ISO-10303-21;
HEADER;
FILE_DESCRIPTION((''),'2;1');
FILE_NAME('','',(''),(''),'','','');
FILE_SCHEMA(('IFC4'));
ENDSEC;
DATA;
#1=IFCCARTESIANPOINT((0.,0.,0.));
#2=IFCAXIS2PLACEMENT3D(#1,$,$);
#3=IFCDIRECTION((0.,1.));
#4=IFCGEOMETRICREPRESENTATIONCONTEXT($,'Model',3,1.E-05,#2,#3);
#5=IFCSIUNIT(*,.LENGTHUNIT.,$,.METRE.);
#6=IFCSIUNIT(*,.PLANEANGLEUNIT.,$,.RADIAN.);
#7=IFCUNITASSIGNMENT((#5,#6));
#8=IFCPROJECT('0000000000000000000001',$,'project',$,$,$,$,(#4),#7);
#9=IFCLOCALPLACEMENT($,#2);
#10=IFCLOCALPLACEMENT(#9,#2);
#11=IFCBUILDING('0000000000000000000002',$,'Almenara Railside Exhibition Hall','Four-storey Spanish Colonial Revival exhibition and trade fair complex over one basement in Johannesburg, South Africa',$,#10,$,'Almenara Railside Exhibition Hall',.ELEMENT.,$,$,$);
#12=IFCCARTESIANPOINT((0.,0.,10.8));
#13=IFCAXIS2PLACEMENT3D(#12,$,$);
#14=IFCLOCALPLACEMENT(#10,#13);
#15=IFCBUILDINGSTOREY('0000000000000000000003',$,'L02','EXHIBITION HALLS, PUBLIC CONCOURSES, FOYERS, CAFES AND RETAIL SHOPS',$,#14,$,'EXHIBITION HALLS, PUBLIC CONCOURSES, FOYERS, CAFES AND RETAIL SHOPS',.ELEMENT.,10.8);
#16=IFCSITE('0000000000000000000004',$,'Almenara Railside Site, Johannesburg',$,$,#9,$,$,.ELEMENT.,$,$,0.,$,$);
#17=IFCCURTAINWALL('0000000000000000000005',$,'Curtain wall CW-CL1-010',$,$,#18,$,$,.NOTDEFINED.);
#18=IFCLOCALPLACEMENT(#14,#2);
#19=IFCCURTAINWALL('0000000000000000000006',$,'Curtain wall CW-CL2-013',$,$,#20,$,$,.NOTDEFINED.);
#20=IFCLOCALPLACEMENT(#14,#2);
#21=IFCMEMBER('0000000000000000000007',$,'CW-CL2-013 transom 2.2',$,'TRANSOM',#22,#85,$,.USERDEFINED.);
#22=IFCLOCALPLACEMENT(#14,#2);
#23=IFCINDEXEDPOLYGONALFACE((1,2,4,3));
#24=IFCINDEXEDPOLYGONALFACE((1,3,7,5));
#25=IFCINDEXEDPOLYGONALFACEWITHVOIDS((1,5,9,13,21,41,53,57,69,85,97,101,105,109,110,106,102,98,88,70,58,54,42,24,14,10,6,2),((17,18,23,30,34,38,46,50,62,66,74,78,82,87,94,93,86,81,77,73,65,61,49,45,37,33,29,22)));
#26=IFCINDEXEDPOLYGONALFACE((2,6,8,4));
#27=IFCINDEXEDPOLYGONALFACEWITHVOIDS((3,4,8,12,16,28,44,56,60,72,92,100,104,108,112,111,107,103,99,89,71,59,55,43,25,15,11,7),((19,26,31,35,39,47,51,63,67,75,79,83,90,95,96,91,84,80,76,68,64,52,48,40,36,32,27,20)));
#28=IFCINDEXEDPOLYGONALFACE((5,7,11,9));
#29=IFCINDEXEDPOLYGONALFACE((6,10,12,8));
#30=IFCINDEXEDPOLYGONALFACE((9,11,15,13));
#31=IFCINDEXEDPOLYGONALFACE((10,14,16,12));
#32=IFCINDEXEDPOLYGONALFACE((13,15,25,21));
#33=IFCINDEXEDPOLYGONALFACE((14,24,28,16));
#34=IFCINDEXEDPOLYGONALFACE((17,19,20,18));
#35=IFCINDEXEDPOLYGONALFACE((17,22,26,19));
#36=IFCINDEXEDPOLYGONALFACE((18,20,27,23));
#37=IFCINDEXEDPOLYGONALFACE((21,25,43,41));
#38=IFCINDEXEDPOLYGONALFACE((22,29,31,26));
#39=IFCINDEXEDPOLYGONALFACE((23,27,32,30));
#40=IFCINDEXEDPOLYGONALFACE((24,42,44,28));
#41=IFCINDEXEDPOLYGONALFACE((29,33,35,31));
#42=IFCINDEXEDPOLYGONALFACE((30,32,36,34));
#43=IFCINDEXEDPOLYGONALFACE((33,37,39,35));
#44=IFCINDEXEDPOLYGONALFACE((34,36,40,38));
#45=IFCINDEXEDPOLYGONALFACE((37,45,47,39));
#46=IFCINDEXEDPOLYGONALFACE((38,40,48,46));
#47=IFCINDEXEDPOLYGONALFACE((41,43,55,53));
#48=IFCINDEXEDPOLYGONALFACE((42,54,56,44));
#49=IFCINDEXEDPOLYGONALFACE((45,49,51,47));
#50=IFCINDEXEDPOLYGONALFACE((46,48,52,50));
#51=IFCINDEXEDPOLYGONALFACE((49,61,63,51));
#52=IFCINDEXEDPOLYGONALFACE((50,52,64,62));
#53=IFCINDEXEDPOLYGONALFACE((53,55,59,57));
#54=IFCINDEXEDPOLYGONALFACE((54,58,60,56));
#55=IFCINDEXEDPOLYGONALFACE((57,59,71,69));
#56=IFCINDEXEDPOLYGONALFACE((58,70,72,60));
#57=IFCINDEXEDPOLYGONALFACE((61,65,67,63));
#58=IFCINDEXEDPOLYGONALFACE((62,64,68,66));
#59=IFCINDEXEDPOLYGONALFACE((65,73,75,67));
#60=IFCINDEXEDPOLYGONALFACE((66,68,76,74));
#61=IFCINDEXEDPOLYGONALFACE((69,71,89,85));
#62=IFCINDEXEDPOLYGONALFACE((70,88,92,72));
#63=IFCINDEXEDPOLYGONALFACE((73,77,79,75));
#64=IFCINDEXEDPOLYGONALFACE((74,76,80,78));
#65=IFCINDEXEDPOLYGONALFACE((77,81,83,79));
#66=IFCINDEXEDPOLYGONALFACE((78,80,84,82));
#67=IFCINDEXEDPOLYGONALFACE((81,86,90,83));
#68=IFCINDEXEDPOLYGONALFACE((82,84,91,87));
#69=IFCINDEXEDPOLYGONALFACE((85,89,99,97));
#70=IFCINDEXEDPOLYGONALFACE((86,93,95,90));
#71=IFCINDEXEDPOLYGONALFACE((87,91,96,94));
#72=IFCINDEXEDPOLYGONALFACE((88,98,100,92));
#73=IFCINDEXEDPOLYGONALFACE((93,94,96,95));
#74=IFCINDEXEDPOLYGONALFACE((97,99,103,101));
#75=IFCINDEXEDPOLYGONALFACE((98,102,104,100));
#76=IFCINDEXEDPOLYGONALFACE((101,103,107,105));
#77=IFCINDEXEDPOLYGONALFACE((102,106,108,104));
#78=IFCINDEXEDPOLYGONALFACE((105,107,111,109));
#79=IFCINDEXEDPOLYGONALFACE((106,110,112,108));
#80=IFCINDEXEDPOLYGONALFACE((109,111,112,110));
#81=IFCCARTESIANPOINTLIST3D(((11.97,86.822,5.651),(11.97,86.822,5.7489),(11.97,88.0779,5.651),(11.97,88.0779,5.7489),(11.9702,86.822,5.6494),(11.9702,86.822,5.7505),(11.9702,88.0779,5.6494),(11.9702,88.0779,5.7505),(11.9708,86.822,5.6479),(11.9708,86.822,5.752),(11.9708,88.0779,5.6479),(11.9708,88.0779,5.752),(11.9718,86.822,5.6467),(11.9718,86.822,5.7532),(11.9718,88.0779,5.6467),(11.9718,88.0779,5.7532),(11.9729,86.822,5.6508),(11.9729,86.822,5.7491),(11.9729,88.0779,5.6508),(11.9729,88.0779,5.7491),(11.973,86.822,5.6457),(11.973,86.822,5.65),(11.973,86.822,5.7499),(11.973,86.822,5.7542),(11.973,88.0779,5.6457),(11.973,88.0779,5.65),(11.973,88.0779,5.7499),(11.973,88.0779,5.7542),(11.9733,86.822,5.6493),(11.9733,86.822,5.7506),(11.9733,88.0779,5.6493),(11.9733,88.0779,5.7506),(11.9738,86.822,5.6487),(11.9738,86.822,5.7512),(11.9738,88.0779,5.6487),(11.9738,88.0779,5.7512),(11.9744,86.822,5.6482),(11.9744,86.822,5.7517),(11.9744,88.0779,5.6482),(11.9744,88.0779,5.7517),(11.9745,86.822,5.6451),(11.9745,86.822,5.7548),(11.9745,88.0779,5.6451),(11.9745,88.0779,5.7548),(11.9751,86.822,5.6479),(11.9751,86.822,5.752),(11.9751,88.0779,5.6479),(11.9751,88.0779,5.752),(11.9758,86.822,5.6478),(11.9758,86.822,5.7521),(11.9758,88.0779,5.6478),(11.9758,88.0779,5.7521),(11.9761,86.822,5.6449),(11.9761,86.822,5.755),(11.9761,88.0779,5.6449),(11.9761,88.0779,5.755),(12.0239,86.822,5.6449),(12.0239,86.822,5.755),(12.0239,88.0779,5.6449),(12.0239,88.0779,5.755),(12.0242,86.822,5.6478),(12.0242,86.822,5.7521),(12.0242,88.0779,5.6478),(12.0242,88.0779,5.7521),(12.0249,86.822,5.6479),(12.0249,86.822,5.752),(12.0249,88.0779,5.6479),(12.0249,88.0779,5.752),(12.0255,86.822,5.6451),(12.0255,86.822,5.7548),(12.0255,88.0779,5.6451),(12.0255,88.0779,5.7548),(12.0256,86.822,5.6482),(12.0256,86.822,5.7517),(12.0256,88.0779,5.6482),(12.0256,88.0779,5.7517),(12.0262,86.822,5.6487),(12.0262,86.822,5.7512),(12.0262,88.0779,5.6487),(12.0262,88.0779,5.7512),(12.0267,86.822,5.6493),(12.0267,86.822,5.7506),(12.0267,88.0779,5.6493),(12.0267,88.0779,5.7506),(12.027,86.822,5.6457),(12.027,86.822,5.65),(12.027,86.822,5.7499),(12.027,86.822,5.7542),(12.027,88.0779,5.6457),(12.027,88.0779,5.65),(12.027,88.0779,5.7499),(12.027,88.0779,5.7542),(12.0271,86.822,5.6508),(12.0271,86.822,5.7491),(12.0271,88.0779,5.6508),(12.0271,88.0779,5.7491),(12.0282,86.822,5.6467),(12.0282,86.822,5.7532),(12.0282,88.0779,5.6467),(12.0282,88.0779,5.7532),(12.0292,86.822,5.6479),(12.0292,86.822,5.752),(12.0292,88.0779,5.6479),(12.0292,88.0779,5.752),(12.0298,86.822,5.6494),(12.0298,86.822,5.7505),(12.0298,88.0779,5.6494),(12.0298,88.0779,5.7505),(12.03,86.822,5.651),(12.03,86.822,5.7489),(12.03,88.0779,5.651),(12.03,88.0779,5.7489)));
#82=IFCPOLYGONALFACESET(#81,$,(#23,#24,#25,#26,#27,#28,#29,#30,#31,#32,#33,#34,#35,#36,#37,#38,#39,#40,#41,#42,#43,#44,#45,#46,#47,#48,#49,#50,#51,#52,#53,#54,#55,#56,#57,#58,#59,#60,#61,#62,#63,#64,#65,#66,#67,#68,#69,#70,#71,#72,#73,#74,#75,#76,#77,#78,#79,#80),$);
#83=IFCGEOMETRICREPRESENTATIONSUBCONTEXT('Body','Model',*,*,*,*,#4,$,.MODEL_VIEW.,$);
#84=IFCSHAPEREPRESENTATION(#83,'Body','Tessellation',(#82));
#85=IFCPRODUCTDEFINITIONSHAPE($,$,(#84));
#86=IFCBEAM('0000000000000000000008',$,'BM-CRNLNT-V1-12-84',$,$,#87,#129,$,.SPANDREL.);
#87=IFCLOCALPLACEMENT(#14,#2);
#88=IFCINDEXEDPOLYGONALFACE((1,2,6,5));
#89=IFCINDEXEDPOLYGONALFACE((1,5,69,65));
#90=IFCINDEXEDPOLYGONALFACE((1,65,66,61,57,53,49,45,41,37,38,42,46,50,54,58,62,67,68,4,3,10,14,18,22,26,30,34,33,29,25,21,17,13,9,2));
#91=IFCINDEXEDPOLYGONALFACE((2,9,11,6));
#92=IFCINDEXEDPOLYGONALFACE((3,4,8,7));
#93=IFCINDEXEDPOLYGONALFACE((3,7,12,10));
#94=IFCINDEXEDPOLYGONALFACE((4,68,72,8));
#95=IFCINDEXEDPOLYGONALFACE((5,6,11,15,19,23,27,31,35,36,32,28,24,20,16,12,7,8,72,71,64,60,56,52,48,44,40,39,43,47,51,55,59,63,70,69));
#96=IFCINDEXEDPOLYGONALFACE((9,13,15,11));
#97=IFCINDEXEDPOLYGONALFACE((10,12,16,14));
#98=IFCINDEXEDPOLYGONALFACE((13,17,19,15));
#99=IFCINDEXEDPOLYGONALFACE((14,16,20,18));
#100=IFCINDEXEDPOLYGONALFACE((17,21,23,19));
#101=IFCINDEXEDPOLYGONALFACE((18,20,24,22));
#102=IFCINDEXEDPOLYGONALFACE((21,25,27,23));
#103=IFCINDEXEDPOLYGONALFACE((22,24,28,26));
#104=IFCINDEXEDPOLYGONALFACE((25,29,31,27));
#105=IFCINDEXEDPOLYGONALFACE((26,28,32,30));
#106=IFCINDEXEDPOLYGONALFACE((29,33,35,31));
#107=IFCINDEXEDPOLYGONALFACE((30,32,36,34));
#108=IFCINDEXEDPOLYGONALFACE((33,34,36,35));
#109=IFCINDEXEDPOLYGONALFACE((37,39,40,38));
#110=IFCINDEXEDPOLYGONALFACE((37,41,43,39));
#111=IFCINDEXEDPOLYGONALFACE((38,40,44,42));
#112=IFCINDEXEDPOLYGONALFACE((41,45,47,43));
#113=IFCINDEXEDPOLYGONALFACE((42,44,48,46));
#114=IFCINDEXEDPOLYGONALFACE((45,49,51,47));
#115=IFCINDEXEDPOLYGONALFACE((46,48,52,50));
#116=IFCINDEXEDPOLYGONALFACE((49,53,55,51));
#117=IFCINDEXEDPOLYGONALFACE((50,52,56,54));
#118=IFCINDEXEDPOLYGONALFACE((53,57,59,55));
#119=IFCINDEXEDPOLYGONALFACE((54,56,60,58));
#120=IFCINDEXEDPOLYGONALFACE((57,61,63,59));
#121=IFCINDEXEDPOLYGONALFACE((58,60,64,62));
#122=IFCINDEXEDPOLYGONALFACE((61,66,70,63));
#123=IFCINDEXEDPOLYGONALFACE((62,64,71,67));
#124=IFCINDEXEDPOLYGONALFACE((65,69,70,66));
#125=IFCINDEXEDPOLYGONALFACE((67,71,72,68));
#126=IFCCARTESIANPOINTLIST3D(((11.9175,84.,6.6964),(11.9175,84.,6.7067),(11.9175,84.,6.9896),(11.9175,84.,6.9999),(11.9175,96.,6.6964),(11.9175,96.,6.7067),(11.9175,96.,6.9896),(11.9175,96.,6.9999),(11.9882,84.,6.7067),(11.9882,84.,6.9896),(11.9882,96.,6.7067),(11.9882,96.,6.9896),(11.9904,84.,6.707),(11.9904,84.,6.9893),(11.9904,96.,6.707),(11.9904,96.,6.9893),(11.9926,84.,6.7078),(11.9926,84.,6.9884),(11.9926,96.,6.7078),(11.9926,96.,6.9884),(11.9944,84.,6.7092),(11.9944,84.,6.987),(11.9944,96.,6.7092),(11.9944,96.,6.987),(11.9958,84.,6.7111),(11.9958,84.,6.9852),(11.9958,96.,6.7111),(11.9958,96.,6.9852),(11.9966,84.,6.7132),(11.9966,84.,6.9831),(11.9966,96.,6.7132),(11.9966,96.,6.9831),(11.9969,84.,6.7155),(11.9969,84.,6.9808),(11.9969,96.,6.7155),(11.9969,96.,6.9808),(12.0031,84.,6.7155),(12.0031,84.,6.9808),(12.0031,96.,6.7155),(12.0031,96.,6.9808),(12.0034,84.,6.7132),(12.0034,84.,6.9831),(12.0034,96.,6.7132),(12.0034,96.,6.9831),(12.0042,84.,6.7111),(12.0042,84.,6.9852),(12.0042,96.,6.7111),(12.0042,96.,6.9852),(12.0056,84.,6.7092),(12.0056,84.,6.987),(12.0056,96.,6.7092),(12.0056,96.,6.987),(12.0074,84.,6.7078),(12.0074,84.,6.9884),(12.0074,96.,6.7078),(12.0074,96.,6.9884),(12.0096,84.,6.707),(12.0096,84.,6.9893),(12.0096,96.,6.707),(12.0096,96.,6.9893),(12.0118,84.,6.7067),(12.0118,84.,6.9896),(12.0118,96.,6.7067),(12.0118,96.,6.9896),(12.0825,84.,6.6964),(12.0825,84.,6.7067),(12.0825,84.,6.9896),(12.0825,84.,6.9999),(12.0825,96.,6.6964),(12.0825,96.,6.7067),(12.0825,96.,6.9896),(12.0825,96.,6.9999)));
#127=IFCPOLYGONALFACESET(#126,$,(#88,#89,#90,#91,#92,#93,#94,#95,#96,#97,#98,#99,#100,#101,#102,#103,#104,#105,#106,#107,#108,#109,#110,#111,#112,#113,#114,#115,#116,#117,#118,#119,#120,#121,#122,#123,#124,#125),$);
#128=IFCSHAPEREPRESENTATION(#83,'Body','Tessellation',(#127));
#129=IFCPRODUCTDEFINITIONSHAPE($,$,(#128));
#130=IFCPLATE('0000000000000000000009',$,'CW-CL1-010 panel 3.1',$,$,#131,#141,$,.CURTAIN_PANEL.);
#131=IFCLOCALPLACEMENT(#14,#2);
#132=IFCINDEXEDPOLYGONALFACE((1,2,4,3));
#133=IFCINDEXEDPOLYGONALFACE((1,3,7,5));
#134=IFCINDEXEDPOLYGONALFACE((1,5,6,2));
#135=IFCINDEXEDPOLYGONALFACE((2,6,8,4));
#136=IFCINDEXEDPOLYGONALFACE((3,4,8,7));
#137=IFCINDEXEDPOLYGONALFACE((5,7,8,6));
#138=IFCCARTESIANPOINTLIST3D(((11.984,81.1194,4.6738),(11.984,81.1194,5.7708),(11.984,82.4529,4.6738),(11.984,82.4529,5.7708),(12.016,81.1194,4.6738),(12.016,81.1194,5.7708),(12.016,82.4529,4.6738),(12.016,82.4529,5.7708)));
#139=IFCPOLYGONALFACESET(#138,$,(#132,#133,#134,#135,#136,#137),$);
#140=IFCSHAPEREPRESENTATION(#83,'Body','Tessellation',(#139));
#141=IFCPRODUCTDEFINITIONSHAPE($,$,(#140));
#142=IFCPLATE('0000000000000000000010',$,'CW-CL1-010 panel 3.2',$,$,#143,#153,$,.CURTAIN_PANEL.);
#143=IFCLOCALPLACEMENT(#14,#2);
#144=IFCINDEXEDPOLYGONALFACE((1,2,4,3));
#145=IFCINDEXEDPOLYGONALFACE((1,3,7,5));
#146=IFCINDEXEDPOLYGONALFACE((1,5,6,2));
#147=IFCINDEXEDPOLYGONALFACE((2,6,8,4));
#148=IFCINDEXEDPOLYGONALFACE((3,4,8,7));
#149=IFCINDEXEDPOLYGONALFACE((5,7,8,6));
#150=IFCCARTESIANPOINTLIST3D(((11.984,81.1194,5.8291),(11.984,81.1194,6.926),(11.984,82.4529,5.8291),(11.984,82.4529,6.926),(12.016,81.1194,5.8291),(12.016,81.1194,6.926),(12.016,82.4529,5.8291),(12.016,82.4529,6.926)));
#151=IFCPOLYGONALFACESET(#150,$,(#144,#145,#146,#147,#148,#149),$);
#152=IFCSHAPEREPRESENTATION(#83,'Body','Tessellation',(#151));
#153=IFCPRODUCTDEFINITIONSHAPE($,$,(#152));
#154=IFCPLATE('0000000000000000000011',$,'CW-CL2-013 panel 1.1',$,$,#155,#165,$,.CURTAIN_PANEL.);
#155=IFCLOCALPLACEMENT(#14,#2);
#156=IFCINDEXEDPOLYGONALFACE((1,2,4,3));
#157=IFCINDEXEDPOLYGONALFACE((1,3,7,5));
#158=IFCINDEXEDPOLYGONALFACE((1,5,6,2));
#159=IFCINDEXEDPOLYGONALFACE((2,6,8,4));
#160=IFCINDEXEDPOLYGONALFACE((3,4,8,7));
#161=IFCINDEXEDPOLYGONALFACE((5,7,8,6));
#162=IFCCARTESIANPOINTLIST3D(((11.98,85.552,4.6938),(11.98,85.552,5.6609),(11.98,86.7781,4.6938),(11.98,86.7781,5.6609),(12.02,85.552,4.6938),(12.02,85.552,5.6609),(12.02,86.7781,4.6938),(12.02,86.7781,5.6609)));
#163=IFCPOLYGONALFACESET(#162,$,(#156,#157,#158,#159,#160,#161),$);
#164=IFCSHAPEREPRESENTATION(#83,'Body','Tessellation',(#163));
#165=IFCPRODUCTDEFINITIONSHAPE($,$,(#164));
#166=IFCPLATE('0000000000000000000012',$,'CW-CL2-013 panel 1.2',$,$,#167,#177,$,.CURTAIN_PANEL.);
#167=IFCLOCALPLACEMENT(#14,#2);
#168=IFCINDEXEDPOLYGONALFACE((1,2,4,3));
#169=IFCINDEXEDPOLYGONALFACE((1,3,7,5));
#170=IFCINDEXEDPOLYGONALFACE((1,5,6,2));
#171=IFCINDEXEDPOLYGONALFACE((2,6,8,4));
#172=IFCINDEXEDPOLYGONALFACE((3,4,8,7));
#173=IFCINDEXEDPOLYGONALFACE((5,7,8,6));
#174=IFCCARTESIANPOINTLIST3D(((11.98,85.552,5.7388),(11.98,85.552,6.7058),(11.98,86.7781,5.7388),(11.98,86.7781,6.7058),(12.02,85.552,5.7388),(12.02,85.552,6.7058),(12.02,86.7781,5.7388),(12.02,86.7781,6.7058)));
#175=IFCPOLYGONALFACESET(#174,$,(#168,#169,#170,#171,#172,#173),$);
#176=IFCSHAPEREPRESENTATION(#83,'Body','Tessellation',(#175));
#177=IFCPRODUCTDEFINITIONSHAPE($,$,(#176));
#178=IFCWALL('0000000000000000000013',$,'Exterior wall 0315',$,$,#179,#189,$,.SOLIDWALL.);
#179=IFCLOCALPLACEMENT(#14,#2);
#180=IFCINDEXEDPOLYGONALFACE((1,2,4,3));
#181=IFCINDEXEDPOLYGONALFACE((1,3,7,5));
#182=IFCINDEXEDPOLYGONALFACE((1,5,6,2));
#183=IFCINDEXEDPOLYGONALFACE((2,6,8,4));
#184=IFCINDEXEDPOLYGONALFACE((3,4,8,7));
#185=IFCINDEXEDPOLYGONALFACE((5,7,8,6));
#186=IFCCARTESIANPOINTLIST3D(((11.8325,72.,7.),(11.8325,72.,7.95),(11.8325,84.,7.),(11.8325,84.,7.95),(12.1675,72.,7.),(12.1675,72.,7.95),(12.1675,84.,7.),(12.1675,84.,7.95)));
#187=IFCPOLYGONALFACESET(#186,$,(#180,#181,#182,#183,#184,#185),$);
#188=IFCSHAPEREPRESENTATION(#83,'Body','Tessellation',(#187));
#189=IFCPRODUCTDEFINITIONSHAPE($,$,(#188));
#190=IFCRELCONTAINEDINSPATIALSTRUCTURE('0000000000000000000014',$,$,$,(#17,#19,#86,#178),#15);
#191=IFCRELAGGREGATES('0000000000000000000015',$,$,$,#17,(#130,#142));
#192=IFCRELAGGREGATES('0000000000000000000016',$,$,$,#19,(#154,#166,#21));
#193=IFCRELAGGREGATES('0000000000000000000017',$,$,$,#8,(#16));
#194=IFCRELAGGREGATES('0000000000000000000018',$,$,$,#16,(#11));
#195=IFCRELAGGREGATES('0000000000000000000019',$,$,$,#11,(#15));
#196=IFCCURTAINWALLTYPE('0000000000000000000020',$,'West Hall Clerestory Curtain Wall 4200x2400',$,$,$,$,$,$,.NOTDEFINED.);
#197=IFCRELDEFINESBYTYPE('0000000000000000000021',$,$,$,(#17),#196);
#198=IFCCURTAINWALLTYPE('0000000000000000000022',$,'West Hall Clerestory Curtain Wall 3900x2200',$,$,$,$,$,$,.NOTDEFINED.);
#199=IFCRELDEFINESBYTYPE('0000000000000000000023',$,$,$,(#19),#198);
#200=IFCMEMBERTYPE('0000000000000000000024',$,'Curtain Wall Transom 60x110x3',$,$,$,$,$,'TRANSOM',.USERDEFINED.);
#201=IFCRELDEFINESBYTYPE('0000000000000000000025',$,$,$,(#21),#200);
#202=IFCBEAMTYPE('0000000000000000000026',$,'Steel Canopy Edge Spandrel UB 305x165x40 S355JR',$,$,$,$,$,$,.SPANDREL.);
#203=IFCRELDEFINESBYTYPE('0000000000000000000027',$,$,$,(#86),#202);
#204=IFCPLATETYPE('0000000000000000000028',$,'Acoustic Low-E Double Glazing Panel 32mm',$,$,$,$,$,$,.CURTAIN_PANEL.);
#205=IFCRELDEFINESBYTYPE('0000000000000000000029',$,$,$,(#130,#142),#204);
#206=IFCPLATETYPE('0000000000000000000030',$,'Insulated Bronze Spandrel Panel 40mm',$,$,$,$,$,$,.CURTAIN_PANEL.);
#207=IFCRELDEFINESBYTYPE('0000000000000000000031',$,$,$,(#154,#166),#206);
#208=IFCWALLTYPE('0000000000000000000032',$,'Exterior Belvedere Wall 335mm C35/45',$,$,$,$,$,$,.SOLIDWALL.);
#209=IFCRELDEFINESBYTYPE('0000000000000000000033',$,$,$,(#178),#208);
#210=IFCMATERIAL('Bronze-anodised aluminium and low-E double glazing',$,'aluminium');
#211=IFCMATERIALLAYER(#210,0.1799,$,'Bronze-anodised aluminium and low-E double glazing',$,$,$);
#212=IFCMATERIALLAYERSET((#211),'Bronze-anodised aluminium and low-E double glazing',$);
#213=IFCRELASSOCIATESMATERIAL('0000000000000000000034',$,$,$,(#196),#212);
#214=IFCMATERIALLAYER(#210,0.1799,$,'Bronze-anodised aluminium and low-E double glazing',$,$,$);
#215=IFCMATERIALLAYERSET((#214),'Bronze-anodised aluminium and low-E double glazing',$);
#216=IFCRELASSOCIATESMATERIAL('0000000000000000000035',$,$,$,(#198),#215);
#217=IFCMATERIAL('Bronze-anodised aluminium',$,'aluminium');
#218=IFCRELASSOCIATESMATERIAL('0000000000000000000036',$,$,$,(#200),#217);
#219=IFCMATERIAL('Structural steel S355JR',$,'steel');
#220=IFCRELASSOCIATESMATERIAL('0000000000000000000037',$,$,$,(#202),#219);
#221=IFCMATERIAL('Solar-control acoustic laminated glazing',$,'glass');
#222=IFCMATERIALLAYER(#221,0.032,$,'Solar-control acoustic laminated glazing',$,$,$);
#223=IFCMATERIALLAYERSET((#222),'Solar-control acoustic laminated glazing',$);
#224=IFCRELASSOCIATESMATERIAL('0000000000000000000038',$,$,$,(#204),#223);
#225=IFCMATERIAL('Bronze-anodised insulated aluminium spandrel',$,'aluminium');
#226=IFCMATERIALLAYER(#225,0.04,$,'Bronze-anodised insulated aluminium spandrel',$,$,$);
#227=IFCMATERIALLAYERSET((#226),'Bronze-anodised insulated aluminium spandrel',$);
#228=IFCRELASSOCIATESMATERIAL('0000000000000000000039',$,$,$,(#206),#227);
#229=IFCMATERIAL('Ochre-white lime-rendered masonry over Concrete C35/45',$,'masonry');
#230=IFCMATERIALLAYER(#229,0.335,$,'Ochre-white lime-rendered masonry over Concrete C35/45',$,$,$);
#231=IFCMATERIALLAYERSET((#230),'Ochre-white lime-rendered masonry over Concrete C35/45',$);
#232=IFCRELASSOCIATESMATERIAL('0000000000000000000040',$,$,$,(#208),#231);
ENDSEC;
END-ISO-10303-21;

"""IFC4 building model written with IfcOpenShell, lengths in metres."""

from ifc_helpers import new_model, si_unit, direction, frame, frame_2d, origin, origin_2d, place, context, subcontext, project, spatial, rectangle, hollow_rectangle, i_section, extrude, material, layer, layer_set, material_profile, profile_set, type_object, element, aggregate, save


model = new_model("IFC4")

# Units and contexts
model_context = context("Model", 3, precision=1e-05, world=origin(), true_north=direction((0.0, 1.0)))
body_context = subcontext(model_context, "Body", "Model", "MODEL_VIEW")
ifc_project = project(units=[si_unit("LENGTHUNIT", "METRE"), si_unit("PLANEANGLEUNIT", "RADIAN")], contexts=[model_context])

# Site, building, storey
site_placement = place(None, origin())
site = spatial("IfcSite", under=ifc_project, at=site_placement, Name="Almenara Railside Site, Johannesburg", CompositionType="ELEMENT", RefElevation=0.0)
building_placement = place(site_placement, origin())
building = spatial("IfcBuilding", under=site, at=building_placement, Name="Almenara Railside Exhibition Hall", Description="Four-storey Spanish Colonial Revival exhibition and trade fair complex over one basement in Johannesburg, South Africa", LongName="Almenara Railside Exhibition Hall", CompositionType="ELEMENT")
storey_placement = place(building_placement, frame((0.0, 0.0, 10.8)))
storey = spatial("IfcBuildingStorey", under=building, at=storey_placement, Name="L02", Description="EXHIBITION HALLS, PUBLIC CONCOURSES, FOYERS, CAFES AND RETAIL SHOPS", LongName="EXHIBITION HALLS, PUBLIC CONCOURSES, FOYERS, CAFES AND RETAIL SHOPS", CompositionType="ELEMENT", Elevation=10.8)

# Curtain wall
ifc_material_1 = material(Name="Bronze-anodised aluminium and low-E double glazing", Category="aluminium")
ifc_layer_1 = layer(ifc_material_1, 0.1799, Name="Bronze-anodised aluminium and low-E double glazing")
ifc_layer_set_1 = layer_set([ifc_layer_1], Name="Bronze-anodised aluminium and low-E double glazing")
curtain_wall_type_1 = type_object("IfcCurtainWallType", Name="West Hall Clerestory Curtain Wall 4200x2400", PredefinedType="NOTDEFINED", material=ifc_layer_set_1)
curtain_wall_1_placement = place(storey_placement, origin())
curtain_wall_1 = element("IfcCurtainWall", 1, at=curtain_wall_1_placement, inside=storey, type_object=curtain_wall_type_1, Name="Curtain wall CW-CL1-010", PredefinedType="NOTDEFINED")
ifc_material_2 = material(Name="Bronze-anodised aluminium", Category="aluminium")

# Curtain wall
ifc_layer_2 = layer(ifc_material_1, 0.1799, Name="Bronze-anodised aluminium and low-E double glazing")
ifc_layer_set_2 = layer_set([ifc_layer_2], Name="Bronze-anodised aluminium and low-E double glazing")
curtain_wall_type_2 = type_object("IfcCurtainWallType", Name="West Hall Clerestory Curtain Wall 3900x2200", PredefinedType="NOTDEFINED", material=ifc_layer_set_2)
curtain_wall_2_placement = place(storey_placement, origin())
curtain_wall_2 = element("IfcCurtainWall", 2, at=curtain_wall_2_placement, inside=storey, type_object=curtain_wall_type_2, Name="Curtain wall CW-CL2-013", PredefinedType="NOTDEFINED")

# Member
ifc_material_profile_1 = material_profile(ifc_material_2, hollow_rectangle(XDim=0.0601, YDim=0.1101, WallThickness=0.0029, InnerFilletRadius=0.0029, OuterFilletRadius=0.0061, at=origin_2d()), Name="ALU-TRN 60x110x3")
ifc_profile_set_1 = profile_set([ifc_material_profile_1], Name="Bronze-anodised aluminium")
member_type_1 = type_object("IfcMemberType", Name="Curtain Wall Transom 60x110x3", ElementType="TRANSOM", PredefinedType="USERDEFINED", material=ifc_profile_set_1)
member_1_placement = place(storey_placement, frame((12.0, 86.822, 5.7), z_axis=(0.0, 1.0, 0.0), x_axis=(-1.0, 0.0, 0.0)))
member_1 = element("IfcMember", 3, at=member_1_placement, type_object=member_type_1, Name="CW-CL2-013 transom 2.2", ObjectType="TRANSOM", PredefinedType="USERDEFINED", context=body_context, shape_type="SweptSolid", body=[
    extrude(hollow_rectangle(XDim=0.0601, YDim=0.1101, WallThickness=0.0029, InnerFilletRadius=0.0029, OuterFilletRadius=0.0061, at=origin_2d()), origin(), (0.0, 0.0, 1.0), 1.2559),
])

# Beam
ifc_material_3 = material(Name="Structural steel S355JR", Category="steel")
ifc_material_profile_2 = material_profile(ifc_material_3, i_section(OverallWidth=0.165, OverallDepth=0.3035, WebThickness=0.0061, FlangeThickness=0.0103, FilletRadius=0.0088, at=origin_2d()), Name="UB 305x165x40")
ifc_profile_set_2 = profile_set([ifc_material_profile_2], Name="Structural steel S355JR")
beam_type = type_object("IfcBeamType", Name="Steel Canopy Edge Spandrel UB 305x165x40 S355JR", PredefinedType="SPANDREL", material=ifc_profile_set_2)
beam_placement = place(storey_placement, frame((12.0, 84.0, 6.8481), z_axis=(0.0, 1.0, 0.0), x_axis=(-1.0, 0.0, 0.0)))
element("IfcBeam", 4, at=beam_placement, inside=storey, type_object=beam_type, Name="BM-CRNLNT-V1-12-84", PredefinedType="SPANDREL", context=body_context, shape_type="SweptSolid", body=[
    extrude(i_section(OverallWidth=0.165, OverallDepth=0.3035, WebThickness=0.0061, FlangeThickness=0.0103, FilletRadius=0.0088, at=origin_2d()), origin(), (0.0, 0.0, 1.0), 12.0),
])

# Plates
ifc_material_4 = material(Name="Solar-control acoustic laminated glazing", Category="glass")
ifc_layer_3 = layer(ifc_material_4, 0.032, Name="Solar-control acoustic laminated glazing")
ifc_layer_set_3 = layer_set([ifc_layer_3], Name="Solar-control acoustic laminated glazing")
plate_type_1 = type_object("IfcPlateType", Name="Acoustic Low-E Double Glazing Panel 32mm", PredefinedType="CURTAIN_PANEL", material=ifc_layer_set_3)
plate_1_placement = place(storey_placement, frame((12.0, 81.7861, 4.6738), z_axis=(0.0, 0.0, 1.0), x_axis=(0.0, 1.0, 0.0)))
plate_1 = element("IfcPlate", 5, at=plate_1_placement, type_object=plate_type_1, Name="CW-CL1-010 panel 3.1", PredefinedType="CURTAIN_PANEL", context=body_context, shape_type="SweptSolid", body=[
    extrude(rectangle(XDim=1.3335, YDim=0.032, at=origin_2d()), origin(), (0.0, 0.0, 1.0), 1.0969),
])
plate_2_placement = place(storey_placement, frame((12.0, 81.7861, 5.8291), z_axis=(0.0, 0.0, 1.0), x_axis=(0.0, 1.0, 0.0)))
plate_2 = element("IfcPlate", 6, at=plate_2_placement, type_object=plate_type_1, Name="CW-CL1-010 panel 3.2", PredefinedType="CURTAIN_PANEL", context=body_context, shape_type="SweptSolid", body=[
    extrude(rectangle(XDim=1.3335, YDim=0.032, at=origin_2d()), origin(), (0.0, 0.0, 1.0), 1.0969),
])
aggregate(curtain_wall_1, [plate_1, plate_2])
ifc_material_5 = material(Name="Bronze-anodised insulated aluminium spandrel", Category="aluminium")
ifc_layer_4 = layer(ifc_material_5, 0.04, Name="Bronze-anodised insulated aluminium spandrel")
ifc_layer_set_4 = layer_set([ifc_layer_4], Name="Bronze-anodised insulated aluminium spandrel")
plate_type_2 = type_object("IfcPlateType", Name="Insulated Bronze Spandrel Panel 40mm", PredefinedType="CURTAIN_PANEL", material=ifc_layer_set_4)
plate_3_placement = place(storey_placement, frame((12.0, 86.165, 4.6938), z_axis=(0.0, 0.0, 1.0), x_axis=(0.0, 1.0, 0.0)))
plate_3 = element("IfcPlate", 7, at=plate_3_placement, type_object=plate_type_2, Name="CW-CL2-013 panel 1.1", PredefinedType="CURTAIN_PANEL", context=body_context, shape_type="SweptSolid", body=[
    extrude(rectangle(XDim=1.2261, YDim=0.04, at=origin_2d()), origin(), (0.0, 0.0, 1.0), 0.967),
])
plate_4_placement = place(storey_placement, frame((12.0, 86.165, 5.7388), z_axis=(0.0, 0.0, 1.0), x_axis=(0.0, 1.0, 0.0)))
plate_4 = element("IfcPlate", 8, at=plate_4_placement, type_object=plate_type_2, Name="CW-CL2-013 panel 1.2", PredefinedType="CURTAIN_PANEL", context=body_context, shape_type="SweptSolid", body=[
    extrude(rectangle(XDim=1.2261, YDim=0.04, at=origin_2d()), origin(), (0.0, 0.0, 1.0), 0.967),
])
aggregate(curtain_wall_2, [plate_3, plate_4, member_1])

# Wall
ifc_material_6 = material(Name="Ochre-white lime-rendered masonry over Concrete C35/45", Category="masonry")
ifc_layer_5 = layer(ifc_material_6, 0.335, Name="Ochre-white lime-rendered masonry over Concrete C35/45")
ifc_layer_set_5 = layer_set([ifc_layer_5], Name="Ochre-white lime-rendered masonry over Concrete C35/45")
wall_type_1 = type_object("IfcWallType", Name="Exterior Belvedere Wall 335mm C35/45", PredefinedType="SOLIDWALL", material=ifc_layer_set_5)
wall_1_placement = place(storey_placement, frame((12.0, 84.0, 7.0), z_axis=(0.0, 0.0, 1.0), x_axis=(0.0, -1.0, 0.0)))
element("IfcWall", 9, at=wall_1_placement, inside=storey, type_object=wall_type_1, Name="Exterior wall 0315", PredefinedType="SOLIDWALL", context=body_context, shape_type="SweptSolid", body=[
    extrude(rectangle(XDim=12.0, YDim=0.335, at=frame_2d((6.0, 0.0))), origin(), (0.0, 0.0, 1.0), 0.95),
])

save(model, "model.ifc")
